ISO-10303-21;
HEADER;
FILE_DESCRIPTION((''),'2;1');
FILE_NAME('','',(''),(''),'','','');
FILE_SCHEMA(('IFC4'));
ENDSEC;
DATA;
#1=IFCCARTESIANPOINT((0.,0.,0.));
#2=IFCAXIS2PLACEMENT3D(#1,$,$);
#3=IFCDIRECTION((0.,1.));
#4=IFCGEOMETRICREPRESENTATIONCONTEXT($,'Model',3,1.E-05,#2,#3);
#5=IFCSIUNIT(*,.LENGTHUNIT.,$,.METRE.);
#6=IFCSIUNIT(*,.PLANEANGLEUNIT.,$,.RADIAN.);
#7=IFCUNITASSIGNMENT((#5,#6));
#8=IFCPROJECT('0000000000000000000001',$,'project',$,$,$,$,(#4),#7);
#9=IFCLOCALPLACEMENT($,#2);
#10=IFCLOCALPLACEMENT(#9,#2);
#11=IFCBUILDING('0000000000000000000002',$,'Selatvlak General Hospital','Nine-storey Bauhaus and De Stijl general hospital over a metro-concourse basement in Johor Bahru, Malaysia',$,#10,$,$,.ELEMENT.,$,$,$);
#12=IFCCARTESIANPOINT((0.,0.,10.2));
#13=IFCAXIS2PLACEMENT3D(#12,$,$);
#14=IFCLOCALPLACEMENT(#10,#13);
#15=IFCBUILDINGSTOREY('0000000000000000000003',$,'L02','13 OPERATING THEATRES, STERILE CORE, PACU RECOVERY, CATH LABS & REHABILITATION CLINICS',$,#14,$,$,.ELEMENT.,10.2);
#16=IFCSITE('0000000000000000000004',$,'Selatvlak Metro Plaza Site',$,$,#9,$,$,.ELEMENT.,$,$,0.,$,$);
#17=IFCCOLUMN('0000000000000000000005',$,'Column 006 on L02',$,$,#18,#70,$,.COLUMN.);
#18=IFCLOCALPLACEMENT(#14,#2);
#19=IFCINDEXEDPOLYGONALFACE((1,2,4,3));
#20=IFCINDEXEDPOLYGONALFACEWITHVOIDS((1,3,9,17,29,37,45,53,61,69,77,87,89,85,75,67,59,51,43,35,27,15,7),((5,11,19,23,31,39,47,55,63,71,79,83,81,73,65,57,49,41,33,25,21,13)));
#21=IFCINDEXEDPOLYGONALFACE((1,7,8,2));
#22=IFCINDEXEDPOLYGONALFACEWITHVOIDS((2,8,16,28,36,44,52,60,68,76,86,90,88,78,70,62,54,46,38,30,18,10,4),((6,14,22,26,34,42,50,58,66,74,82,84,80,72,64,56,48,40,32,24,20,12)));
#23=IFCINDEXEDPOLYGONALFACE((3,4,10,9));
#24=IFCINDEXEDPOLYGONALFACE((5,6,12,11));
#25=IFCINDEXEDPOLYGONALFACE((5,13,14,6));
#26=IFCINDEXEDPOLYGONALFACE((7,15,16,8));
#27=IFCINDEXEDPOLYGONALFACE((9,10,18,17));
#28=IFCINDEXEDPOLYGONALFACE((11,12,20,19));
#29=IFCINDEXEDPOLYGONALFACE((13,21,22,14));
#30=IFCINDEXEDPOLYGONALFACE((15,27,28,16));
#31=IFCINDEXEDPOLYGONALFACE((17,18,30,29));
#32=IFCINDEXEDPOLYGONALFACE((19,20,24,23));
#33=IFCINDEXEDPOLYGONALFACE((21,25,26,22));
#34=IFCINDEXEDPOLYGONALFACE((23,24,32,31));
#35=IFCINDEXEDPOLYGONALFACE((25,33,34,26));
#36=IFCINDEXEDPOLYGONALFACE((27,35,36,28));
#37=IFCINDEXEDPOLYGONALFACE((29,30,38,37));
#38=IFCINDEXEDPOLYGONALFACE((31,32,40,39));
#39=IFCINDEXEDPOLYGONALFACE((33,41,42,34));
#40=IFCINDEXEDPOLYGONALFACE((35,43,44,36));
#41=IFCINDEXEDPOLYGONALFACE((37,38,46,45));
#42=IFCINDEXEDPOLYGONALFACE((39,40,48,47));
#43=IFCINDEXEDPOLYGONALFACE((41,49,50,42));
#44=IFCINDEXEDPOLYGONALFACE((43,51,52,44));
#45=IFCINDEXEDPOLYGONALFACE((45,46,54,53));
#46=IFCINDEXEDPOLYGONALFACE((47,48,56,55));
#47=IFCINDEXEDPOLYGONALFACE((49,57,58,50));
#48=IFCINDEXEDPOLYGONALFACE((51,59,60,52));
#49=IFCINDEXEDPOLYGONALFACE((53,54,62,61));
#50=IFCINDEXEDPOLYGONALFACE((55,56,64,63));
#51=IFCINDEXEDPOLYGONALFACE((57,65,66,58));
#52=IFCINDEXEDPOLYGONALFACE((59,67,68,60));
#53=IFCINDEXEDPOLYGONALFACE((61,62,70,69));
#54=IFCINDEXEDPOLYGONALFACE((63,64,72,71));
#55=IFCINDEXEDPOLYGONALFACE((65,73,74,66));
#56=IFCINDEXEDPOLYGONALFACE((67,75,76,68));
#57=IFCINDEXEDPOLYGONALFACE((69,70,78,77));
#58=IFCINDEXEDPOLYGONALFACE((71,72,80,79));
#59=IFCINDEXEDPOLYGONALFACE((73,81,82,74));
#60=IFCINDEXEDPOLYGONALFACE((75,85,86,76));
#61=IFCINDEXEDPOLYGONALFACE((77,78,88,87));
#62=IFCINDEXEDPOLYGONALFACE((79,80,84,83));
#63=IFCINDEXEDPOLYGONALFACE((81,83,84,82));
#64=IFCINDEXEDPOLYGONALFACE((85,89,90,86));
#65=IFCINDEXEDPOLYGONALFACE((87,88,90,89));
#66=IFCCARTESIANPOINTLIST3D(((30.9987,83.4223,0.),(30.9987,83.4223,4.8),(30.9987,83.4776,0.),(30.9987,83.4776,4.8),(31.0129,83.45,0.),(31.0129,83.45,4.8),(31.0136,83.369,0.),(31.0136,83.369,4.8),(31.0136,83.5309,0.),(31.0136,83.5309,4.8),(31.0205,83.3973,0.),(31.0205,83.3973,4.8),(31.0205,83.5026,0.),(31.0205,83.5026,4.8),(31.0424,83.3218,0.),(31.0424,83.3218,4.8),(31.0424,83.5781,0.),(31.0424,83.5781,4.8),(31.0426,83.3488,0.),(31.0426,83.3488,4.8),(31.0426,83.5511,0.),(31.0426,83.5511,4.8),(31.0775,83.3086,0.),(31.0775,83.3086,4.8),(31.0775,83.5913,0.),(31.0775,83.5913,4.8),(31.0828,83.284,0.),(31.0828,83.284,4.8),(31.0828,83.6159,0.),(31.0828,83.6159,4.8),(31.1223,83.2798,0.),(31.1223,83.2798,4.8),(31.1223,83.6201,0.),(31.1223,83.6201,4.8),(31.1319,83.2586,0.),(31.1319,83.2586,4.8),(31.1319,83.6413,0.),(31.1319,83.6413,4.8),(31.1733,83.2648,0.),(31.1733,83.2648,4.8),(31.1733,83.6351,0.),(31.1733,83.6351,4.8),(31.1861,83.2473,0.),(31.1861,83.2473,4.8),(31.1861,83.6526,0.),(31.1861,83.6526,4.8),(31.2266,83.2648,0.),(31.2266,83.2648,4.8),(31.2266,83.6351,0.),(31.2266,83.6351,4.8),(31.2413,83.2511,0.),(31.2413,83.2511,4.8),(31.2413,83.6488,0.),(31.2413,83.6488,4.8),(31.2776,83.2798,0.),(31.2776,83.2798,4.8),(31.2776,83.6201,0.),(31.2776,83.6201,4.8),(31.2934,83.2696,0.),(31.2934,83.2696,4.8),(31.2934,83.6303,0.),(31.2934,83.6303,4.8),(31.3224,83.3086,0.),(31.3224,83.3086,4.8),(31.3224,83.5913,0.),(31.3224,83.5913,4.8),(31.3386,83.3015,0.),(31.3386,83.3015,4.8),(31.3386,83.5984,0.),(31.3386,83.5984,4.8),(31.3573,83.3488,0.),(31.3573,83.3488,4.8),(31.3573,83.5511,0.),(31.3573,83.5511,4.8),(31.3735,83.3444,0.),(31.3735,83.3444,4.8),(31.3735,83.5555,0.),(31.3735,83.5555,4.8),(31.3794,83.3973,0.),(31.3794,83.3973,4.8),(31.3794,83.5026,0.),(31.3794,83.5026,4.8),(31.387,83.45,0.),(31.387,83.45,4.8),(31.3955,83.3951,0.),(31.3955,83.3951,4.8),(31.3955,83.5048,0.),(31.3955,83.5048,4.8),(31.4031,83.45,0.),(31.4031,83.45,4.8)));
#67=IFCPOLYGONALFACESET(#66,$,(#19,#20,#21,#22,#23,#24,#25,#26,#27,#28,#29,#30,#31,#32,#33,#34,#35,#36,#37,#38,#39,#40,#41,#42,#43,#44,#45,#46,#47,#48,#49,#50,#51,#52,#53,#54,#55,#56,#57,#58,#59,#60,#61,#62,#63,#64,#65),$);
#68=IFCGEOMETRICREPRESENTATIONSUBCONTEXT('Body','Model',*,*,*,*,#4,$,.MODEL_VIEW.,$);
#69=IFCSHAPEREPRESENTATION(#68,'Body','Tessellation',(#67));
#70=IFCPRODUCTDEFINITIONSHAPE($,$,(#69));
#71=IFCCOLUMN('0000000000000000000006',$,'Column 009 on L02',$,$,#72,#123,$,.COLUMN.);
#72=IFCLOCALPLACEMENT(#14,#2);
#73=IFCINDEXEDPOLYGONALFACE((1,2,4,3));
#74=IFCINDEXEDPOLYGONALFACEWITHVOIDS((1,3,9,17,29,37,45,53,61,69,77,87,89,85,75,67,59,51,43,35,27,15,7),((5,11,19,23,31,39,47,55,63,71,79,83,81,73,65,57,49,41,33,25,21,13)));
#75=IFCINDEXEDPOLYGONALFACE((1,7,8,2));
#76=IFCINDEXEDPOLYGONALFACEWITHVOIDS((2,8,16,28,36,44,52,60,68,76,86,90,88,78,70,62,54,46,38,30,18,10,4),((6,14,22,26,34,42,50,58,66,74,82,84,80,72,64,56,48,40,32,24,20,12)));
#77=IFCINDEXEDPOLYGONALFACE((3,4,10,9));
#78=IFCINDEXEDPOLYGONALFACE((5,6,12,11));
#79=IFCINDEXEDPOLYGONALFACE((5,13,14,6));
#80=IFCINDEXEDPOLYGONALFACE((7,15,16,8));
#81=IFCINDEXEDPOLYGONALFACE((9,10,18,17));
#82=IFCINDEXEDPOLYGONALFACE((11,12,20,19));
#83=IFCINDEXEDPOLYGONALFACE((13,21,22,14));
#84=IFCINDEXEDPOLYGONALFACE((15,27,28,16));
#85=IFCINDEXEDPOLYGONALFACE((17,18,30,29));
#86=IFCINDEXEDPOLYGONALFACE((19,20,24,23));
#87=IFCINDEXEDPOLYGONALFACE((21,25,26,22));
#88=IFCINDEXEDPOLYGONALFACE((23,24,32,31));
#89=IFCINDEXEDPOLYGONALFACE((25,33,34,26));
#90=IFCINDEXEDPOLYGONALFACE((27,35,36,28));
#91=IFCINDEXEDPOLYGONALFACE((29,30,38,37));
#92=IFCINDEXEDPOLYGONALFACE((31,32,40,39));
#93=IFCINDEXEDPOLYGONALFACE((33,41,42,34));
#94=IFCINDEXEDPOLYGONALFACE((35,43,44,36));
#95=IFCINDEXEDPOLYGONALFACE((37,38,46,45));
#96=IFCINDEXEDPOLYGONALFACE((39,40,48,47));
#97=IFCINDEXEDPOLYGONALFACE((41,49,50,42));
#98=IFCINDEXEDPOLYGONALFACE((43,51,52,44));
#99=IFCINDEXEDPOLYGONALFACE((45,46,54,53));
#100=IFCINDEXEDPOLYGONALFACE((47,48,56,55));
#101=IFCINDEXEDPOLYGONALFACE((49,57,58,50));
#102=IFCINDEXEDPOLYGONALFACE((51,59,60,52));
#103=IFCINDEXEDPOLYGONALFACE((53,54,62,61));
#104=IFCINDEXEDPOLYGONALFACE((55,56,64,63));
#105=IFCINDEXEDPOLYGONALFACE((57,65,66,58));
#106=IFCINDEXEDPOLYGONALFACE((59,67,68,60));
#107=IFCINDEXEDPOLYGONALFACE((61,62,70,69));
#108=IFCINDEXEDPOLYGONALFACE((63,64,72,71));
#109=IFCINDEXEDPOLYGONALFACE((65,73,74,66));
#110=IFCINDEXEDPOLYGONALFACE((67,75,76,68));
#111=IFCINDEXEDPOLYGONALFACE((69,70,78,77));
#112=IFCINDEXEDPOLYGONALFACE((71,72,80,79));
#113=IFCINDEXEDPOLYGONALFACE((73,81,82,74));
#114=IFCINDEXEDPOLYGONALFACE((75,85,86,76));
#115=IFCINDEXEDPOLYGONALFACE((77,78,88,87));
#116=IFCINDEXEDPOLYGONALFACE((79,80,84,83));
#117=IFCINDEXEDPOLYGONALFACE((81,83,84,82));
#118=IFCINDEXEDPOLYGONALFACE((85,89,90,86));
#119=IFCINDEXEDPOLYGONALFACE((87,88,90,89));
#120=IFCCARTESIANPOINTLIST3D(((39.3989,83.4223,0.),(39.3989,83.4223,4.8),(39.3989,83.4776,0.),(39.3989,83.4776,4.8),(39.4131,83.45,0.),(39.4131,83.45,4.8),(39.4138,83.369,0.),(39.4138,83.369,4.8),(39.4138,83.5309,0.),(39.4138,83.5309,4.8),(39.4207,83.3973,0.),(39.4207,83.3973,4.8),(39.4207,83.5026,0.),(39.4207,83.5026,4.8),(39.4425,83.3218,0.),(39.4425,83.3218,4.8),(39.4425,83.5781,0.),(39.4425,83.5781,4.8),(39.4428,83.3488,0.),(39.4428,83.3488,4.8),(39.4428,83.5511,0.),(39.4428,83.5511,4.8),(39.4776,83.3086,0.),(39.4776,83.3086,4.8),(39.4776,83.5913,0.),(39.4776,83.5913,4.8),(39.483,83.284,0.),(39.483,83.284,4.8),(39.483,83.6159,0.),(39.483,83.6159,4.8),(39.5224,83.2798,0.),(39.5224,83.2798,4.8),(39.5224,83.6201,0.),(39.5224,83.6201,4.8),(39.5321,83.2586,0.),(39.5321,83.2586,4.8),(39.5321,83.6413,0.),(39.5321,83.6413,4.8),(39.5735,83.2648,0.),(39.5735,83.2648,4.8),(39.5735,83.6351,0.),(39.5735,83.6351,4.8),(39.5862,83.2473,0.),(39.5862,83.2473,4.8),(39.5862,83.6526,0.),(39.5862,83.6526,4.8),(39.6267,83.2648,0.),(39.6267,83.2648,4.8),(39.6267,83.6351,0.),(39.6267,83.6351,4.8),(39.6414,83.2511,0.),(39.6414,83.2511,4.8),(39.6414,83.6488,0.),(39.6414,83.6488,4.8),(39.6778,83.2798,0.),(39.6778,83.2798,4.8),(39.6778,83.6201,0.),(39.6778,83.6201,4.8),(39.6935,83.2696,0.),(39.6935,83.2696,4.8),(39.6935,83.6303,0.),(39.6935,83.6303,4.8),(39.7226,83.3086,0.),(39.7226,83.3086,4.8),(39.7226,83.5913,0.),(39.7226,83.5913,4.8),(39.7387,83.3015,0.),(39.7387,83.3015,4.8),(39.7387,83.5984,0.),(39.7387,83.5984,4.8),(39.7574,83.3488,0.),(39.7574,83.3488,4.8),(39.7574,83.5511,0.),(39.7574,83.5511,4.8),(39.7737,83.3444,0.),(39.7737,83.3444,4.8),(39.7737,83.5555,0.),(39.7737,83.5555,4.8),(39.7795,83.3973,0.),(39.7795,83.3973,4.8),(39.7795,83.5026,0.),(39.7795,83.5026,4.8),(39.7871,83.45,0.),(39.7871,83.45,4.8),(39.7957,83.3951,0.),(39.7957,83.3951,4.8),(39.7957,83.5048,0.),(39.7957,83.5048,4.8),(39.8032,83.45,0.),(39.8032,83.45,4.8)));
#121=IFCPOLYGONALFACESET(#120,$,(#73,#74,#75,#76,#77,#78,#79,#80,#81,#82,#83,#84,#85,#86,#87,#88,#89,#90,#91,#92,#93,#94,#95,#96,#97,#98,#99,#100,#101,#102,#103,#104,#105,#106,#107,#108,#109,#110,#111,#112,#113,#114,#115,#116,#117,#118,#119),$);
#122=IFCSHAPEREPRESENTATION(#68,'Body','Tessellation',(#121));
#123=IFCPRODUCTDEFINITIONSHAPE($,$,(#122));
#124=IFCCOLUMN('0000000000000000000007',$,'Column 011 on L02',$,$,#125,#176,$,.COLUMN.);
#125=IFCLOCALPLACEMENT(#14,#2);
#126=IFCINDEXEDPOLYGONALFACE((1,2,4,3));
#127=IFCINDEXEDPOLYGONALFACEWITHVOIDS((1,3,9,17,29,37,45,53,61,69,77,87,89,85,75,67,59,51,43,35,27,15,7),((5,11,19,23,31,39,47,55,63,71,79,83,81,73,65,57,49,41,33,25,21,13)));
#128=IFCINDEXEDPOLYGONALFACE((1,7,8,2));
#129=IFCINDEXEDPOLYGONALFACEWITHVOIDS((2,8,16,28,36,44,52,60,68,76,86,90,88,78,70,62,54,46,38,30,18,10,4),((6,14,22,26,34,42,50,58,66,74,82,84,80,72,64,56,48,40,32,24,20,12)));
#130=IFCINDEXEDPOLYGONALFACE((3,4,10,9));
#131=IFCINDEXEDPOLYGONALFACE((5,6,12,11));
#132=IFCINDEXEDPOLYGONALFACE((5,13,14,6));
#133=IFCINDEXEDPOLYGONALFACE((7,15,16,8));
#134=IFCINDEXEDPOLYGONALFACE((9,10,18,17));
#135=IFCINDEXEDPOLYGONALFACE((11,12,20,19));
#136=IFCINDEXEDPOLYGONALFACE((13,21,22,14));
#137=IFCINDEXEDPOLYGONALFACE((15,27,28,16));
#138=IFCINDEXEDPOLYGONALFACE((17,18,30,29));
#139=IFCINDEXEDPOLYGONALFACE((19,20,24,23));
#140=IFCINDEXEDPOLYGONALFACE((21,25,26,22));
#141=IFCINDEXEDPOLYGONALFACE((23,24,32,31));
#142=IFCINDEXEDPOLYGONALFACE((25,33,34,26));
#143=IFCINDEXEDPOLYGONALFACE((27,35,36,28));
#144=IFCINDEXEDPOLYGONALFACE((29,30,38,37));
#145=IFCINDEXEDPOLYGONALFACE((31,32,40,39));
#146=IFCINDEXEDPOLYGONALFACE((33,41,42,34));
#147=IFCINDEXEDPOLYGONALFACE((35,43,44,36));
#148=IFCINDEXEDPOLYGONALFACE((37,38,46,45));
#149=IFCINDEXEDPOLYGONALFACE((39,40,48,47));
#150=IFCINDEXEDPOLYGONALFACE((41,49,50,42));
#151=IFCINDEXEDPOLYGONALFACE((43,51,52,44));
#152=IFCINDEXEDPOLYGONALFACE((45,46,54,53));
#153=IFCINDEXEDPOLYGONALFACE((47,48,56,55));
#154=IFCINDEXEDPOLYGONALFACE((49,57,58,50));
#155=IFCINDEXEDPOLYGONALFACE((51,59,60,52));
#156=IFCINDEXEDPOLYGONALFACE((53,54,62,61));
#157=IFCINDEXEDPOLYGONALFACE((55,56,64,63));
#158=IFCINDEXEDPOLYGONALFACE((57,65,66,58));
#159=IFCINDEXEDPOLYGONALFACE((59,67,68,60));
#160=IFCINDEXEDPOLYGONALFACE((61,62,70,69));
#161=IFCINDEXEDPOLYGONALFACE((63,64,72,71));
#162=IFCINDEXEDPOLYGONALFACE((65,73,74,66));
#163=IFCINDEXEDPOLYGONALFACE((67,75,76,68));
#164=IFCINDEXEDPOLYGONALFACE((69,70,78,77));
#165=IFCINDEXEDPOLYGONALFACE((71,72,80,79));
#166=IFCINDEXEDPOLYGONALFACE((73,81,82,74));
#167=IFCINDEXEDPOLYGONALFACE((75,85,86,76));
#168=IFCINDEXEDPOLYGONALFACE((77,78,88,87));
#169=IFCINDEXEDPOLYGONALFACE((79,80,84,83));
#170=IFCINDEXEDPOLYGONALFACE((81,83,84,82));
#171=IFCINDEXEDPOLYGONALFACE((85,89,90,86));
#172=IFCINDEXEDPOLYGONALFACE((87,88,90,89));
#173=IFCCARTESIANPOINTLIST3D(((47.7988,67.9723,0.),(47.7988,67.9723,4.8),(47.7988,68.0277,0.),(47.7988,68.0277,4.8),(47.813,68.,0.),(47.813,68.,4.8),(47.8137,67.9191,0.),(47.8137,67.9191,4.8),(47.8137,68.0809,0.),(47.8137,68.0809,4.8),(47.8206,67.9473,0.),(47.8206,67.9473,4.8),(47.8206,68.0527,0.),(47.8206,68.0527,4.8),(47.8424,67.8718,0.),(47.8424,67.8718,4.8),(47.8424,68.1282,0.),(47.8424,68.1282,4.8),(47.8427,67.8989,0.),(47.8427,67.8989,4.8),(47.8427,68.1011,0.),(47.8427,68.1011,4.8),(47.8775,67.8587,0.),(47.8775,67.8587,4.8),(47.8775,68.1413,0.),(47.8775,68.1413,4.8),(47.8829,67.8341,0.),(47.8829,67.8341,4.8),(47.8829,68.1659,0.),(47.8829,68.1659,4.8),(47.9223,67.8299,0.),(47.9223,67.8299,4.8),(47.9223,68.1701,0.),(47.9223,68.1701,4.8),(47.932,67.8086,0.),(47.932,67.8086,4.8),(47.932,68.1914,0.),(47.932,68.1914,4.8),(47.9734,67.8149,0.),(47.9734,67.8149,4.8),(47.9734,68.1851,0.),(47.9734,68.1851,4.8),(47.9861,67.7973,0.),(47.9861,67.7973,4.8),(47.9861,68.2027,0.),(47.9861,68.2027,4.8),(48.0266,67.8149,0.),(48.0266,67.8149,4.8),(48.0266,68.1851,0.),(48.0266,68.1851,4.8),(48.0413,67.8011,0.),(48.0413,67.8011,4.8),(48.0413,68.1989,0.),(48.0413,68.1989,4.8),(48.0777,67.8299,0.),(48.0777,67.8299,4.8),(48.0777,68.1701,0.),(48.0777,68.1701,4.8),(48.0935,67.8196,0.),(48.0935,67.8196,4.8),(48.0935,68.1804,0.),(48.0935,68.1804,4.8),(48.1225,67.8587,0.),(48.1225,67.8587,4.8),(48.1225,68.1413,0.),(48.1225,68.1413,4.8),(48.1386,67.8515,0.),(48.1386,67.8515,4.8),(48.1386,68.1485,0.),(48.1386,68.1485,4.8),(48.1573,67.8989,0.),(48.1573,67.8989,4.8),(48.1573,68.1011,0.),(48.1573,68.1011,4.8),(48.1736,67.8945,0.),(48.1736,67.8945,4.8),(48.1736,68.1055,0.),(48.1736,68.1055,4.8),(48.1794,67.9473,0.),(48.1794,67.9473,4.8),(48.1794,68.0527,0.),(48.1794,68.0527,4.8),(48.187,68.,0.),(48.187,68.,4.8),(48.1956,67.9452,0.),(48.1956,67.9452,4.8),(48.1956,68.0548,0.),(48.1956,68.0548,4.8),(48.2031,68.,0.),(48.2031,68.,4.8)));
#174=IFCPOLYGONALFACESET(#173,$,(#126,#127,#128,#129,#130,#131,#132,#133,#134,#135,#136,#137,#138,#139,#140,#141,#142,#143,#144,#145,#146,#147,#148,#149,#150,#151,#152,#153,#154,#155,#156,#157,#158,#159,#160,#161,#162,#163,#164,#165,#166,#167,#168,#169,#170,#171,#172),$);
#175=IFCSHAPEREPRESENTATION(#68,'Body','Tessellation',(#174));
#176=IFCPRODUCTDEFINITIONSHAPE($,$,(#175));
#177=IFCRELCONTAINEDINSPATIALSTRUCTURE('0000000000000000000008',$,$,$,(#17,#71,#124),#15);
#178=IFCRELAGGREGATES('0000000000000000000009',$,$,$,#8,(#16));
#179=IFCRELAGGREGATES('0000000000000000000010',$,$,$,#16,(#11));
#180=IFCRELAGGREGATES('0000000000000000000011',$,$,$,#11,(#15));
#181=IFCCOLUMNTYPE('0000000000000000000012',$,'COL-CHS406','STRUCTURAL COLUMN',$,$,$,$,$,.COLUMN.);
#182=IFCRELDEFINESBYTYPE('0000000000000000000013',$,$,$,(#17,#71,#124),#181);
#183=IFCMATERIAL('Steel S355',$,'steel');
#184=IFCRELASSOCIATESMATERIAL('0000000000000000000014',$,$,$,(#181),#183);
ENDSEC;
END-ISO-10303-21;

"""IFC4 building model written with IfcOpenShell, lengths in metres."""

from ifc_helpers import new_model, si_unit, direction, frame, origin, origin_2d, place, context, subcontext, project, spatial, hollow_circle, extrude, material, material_profile, profile_set, type_object, element, save


model = new_model("IFC4")

# Units and contexts
model_context = context("Model", 3, precision=1e-05, world=origin(), true_north=direction((0.0, 1.0)))
body_context = subcontext(model_context, "Body", "Model", "MODEL_VIEW")
ifc_project = project(units=[si_unit("LENGTHUNIT", "METRE"), si_unit("PLANEANGLEUNIT", "RADIAN")], contexts=[model_context])

# Site, building, storey
site_placement = place(None, origin())
site = spatial("IfcSite", under=ifc_project, at=site_placement, Name="Selatvlak Metro Plaza Site", CompositionType="ELEMENT", RefElevation=0.0)
building_placement = place(site_placement, origin())
building = spatial("IfcBuilding", under=site, at=building_placement, Name="Selatvlak General Hospital", Description="Nine-storey Bauhaus and De Stijl general hospital over a metro-concourse basement in Johor Bahru, Malaysia", CompositionType="ELEMENT")
storey_placement = place(building_placement, frame((0.0, 0.0, 10.2)))
storey = spatial("IfcBuildingStorey", under=building, at=storey_placement, Name="L02", Description="13 OPERATING THEATRES, STERILE CORE, PACU RECOVERY, CATH LABS & REHABILITATION CLINICS", CompositionType="ELEMENT", Elevation=10.2)

# Columns
ifc_material_1 = material(Name="Steel S355", Category="steel")
ifc_material_profile_1 = material_profile(ifc_material_1, hollow_circle(Radius=0.2031, WallThickness=0.0161, at=origin_2d()), Name="CHS 406.4x16")
ifc_profile_set_1 = profile_set([ifc_material_profile_1], Name="Steel S355")
column_type = type_object("IfcColumnType", Name="COL-CHS406", Description="STRUCTURAL COLUMN", PredefinedType="COLUMN", material=ifc_profile_set_1)
for number, where, z_axis, x_axis, name in (
    (1, (31.2, 83.45, 0.0), (0.0, 0.0, 1.0), (1.0, 0.0, 0.0), "Column 006 on L02"),
    (2, (39.6001, 83.45, 0.0), (0.0, 0.0, 1.0), (1.0, 0.0, 0.0), "Column 009 on L02"),
    (3, (48.0, 68.0, 0.0), (0.0, 0.0, 1.0), (1.0, 0.0, 0.0), "Column 011 on L02"),
):
    element("IfcColumn", number, at=place(storey_placement, frame(where, z_axis=z_axis, x_axis=x_axis)), inside=storey, type_object=column_type, Name=name, PredefinedType="COLUMN", context=body_context, shape_type="SweptSolid", body=[
        extrude(hollow_circle(Radius=0.2031, WallThickness=0.0161, at=origin_2d()), origin(), (0.0, 0.0, 1.0), 4.8),
    ])

save(model, "model.ifc")
